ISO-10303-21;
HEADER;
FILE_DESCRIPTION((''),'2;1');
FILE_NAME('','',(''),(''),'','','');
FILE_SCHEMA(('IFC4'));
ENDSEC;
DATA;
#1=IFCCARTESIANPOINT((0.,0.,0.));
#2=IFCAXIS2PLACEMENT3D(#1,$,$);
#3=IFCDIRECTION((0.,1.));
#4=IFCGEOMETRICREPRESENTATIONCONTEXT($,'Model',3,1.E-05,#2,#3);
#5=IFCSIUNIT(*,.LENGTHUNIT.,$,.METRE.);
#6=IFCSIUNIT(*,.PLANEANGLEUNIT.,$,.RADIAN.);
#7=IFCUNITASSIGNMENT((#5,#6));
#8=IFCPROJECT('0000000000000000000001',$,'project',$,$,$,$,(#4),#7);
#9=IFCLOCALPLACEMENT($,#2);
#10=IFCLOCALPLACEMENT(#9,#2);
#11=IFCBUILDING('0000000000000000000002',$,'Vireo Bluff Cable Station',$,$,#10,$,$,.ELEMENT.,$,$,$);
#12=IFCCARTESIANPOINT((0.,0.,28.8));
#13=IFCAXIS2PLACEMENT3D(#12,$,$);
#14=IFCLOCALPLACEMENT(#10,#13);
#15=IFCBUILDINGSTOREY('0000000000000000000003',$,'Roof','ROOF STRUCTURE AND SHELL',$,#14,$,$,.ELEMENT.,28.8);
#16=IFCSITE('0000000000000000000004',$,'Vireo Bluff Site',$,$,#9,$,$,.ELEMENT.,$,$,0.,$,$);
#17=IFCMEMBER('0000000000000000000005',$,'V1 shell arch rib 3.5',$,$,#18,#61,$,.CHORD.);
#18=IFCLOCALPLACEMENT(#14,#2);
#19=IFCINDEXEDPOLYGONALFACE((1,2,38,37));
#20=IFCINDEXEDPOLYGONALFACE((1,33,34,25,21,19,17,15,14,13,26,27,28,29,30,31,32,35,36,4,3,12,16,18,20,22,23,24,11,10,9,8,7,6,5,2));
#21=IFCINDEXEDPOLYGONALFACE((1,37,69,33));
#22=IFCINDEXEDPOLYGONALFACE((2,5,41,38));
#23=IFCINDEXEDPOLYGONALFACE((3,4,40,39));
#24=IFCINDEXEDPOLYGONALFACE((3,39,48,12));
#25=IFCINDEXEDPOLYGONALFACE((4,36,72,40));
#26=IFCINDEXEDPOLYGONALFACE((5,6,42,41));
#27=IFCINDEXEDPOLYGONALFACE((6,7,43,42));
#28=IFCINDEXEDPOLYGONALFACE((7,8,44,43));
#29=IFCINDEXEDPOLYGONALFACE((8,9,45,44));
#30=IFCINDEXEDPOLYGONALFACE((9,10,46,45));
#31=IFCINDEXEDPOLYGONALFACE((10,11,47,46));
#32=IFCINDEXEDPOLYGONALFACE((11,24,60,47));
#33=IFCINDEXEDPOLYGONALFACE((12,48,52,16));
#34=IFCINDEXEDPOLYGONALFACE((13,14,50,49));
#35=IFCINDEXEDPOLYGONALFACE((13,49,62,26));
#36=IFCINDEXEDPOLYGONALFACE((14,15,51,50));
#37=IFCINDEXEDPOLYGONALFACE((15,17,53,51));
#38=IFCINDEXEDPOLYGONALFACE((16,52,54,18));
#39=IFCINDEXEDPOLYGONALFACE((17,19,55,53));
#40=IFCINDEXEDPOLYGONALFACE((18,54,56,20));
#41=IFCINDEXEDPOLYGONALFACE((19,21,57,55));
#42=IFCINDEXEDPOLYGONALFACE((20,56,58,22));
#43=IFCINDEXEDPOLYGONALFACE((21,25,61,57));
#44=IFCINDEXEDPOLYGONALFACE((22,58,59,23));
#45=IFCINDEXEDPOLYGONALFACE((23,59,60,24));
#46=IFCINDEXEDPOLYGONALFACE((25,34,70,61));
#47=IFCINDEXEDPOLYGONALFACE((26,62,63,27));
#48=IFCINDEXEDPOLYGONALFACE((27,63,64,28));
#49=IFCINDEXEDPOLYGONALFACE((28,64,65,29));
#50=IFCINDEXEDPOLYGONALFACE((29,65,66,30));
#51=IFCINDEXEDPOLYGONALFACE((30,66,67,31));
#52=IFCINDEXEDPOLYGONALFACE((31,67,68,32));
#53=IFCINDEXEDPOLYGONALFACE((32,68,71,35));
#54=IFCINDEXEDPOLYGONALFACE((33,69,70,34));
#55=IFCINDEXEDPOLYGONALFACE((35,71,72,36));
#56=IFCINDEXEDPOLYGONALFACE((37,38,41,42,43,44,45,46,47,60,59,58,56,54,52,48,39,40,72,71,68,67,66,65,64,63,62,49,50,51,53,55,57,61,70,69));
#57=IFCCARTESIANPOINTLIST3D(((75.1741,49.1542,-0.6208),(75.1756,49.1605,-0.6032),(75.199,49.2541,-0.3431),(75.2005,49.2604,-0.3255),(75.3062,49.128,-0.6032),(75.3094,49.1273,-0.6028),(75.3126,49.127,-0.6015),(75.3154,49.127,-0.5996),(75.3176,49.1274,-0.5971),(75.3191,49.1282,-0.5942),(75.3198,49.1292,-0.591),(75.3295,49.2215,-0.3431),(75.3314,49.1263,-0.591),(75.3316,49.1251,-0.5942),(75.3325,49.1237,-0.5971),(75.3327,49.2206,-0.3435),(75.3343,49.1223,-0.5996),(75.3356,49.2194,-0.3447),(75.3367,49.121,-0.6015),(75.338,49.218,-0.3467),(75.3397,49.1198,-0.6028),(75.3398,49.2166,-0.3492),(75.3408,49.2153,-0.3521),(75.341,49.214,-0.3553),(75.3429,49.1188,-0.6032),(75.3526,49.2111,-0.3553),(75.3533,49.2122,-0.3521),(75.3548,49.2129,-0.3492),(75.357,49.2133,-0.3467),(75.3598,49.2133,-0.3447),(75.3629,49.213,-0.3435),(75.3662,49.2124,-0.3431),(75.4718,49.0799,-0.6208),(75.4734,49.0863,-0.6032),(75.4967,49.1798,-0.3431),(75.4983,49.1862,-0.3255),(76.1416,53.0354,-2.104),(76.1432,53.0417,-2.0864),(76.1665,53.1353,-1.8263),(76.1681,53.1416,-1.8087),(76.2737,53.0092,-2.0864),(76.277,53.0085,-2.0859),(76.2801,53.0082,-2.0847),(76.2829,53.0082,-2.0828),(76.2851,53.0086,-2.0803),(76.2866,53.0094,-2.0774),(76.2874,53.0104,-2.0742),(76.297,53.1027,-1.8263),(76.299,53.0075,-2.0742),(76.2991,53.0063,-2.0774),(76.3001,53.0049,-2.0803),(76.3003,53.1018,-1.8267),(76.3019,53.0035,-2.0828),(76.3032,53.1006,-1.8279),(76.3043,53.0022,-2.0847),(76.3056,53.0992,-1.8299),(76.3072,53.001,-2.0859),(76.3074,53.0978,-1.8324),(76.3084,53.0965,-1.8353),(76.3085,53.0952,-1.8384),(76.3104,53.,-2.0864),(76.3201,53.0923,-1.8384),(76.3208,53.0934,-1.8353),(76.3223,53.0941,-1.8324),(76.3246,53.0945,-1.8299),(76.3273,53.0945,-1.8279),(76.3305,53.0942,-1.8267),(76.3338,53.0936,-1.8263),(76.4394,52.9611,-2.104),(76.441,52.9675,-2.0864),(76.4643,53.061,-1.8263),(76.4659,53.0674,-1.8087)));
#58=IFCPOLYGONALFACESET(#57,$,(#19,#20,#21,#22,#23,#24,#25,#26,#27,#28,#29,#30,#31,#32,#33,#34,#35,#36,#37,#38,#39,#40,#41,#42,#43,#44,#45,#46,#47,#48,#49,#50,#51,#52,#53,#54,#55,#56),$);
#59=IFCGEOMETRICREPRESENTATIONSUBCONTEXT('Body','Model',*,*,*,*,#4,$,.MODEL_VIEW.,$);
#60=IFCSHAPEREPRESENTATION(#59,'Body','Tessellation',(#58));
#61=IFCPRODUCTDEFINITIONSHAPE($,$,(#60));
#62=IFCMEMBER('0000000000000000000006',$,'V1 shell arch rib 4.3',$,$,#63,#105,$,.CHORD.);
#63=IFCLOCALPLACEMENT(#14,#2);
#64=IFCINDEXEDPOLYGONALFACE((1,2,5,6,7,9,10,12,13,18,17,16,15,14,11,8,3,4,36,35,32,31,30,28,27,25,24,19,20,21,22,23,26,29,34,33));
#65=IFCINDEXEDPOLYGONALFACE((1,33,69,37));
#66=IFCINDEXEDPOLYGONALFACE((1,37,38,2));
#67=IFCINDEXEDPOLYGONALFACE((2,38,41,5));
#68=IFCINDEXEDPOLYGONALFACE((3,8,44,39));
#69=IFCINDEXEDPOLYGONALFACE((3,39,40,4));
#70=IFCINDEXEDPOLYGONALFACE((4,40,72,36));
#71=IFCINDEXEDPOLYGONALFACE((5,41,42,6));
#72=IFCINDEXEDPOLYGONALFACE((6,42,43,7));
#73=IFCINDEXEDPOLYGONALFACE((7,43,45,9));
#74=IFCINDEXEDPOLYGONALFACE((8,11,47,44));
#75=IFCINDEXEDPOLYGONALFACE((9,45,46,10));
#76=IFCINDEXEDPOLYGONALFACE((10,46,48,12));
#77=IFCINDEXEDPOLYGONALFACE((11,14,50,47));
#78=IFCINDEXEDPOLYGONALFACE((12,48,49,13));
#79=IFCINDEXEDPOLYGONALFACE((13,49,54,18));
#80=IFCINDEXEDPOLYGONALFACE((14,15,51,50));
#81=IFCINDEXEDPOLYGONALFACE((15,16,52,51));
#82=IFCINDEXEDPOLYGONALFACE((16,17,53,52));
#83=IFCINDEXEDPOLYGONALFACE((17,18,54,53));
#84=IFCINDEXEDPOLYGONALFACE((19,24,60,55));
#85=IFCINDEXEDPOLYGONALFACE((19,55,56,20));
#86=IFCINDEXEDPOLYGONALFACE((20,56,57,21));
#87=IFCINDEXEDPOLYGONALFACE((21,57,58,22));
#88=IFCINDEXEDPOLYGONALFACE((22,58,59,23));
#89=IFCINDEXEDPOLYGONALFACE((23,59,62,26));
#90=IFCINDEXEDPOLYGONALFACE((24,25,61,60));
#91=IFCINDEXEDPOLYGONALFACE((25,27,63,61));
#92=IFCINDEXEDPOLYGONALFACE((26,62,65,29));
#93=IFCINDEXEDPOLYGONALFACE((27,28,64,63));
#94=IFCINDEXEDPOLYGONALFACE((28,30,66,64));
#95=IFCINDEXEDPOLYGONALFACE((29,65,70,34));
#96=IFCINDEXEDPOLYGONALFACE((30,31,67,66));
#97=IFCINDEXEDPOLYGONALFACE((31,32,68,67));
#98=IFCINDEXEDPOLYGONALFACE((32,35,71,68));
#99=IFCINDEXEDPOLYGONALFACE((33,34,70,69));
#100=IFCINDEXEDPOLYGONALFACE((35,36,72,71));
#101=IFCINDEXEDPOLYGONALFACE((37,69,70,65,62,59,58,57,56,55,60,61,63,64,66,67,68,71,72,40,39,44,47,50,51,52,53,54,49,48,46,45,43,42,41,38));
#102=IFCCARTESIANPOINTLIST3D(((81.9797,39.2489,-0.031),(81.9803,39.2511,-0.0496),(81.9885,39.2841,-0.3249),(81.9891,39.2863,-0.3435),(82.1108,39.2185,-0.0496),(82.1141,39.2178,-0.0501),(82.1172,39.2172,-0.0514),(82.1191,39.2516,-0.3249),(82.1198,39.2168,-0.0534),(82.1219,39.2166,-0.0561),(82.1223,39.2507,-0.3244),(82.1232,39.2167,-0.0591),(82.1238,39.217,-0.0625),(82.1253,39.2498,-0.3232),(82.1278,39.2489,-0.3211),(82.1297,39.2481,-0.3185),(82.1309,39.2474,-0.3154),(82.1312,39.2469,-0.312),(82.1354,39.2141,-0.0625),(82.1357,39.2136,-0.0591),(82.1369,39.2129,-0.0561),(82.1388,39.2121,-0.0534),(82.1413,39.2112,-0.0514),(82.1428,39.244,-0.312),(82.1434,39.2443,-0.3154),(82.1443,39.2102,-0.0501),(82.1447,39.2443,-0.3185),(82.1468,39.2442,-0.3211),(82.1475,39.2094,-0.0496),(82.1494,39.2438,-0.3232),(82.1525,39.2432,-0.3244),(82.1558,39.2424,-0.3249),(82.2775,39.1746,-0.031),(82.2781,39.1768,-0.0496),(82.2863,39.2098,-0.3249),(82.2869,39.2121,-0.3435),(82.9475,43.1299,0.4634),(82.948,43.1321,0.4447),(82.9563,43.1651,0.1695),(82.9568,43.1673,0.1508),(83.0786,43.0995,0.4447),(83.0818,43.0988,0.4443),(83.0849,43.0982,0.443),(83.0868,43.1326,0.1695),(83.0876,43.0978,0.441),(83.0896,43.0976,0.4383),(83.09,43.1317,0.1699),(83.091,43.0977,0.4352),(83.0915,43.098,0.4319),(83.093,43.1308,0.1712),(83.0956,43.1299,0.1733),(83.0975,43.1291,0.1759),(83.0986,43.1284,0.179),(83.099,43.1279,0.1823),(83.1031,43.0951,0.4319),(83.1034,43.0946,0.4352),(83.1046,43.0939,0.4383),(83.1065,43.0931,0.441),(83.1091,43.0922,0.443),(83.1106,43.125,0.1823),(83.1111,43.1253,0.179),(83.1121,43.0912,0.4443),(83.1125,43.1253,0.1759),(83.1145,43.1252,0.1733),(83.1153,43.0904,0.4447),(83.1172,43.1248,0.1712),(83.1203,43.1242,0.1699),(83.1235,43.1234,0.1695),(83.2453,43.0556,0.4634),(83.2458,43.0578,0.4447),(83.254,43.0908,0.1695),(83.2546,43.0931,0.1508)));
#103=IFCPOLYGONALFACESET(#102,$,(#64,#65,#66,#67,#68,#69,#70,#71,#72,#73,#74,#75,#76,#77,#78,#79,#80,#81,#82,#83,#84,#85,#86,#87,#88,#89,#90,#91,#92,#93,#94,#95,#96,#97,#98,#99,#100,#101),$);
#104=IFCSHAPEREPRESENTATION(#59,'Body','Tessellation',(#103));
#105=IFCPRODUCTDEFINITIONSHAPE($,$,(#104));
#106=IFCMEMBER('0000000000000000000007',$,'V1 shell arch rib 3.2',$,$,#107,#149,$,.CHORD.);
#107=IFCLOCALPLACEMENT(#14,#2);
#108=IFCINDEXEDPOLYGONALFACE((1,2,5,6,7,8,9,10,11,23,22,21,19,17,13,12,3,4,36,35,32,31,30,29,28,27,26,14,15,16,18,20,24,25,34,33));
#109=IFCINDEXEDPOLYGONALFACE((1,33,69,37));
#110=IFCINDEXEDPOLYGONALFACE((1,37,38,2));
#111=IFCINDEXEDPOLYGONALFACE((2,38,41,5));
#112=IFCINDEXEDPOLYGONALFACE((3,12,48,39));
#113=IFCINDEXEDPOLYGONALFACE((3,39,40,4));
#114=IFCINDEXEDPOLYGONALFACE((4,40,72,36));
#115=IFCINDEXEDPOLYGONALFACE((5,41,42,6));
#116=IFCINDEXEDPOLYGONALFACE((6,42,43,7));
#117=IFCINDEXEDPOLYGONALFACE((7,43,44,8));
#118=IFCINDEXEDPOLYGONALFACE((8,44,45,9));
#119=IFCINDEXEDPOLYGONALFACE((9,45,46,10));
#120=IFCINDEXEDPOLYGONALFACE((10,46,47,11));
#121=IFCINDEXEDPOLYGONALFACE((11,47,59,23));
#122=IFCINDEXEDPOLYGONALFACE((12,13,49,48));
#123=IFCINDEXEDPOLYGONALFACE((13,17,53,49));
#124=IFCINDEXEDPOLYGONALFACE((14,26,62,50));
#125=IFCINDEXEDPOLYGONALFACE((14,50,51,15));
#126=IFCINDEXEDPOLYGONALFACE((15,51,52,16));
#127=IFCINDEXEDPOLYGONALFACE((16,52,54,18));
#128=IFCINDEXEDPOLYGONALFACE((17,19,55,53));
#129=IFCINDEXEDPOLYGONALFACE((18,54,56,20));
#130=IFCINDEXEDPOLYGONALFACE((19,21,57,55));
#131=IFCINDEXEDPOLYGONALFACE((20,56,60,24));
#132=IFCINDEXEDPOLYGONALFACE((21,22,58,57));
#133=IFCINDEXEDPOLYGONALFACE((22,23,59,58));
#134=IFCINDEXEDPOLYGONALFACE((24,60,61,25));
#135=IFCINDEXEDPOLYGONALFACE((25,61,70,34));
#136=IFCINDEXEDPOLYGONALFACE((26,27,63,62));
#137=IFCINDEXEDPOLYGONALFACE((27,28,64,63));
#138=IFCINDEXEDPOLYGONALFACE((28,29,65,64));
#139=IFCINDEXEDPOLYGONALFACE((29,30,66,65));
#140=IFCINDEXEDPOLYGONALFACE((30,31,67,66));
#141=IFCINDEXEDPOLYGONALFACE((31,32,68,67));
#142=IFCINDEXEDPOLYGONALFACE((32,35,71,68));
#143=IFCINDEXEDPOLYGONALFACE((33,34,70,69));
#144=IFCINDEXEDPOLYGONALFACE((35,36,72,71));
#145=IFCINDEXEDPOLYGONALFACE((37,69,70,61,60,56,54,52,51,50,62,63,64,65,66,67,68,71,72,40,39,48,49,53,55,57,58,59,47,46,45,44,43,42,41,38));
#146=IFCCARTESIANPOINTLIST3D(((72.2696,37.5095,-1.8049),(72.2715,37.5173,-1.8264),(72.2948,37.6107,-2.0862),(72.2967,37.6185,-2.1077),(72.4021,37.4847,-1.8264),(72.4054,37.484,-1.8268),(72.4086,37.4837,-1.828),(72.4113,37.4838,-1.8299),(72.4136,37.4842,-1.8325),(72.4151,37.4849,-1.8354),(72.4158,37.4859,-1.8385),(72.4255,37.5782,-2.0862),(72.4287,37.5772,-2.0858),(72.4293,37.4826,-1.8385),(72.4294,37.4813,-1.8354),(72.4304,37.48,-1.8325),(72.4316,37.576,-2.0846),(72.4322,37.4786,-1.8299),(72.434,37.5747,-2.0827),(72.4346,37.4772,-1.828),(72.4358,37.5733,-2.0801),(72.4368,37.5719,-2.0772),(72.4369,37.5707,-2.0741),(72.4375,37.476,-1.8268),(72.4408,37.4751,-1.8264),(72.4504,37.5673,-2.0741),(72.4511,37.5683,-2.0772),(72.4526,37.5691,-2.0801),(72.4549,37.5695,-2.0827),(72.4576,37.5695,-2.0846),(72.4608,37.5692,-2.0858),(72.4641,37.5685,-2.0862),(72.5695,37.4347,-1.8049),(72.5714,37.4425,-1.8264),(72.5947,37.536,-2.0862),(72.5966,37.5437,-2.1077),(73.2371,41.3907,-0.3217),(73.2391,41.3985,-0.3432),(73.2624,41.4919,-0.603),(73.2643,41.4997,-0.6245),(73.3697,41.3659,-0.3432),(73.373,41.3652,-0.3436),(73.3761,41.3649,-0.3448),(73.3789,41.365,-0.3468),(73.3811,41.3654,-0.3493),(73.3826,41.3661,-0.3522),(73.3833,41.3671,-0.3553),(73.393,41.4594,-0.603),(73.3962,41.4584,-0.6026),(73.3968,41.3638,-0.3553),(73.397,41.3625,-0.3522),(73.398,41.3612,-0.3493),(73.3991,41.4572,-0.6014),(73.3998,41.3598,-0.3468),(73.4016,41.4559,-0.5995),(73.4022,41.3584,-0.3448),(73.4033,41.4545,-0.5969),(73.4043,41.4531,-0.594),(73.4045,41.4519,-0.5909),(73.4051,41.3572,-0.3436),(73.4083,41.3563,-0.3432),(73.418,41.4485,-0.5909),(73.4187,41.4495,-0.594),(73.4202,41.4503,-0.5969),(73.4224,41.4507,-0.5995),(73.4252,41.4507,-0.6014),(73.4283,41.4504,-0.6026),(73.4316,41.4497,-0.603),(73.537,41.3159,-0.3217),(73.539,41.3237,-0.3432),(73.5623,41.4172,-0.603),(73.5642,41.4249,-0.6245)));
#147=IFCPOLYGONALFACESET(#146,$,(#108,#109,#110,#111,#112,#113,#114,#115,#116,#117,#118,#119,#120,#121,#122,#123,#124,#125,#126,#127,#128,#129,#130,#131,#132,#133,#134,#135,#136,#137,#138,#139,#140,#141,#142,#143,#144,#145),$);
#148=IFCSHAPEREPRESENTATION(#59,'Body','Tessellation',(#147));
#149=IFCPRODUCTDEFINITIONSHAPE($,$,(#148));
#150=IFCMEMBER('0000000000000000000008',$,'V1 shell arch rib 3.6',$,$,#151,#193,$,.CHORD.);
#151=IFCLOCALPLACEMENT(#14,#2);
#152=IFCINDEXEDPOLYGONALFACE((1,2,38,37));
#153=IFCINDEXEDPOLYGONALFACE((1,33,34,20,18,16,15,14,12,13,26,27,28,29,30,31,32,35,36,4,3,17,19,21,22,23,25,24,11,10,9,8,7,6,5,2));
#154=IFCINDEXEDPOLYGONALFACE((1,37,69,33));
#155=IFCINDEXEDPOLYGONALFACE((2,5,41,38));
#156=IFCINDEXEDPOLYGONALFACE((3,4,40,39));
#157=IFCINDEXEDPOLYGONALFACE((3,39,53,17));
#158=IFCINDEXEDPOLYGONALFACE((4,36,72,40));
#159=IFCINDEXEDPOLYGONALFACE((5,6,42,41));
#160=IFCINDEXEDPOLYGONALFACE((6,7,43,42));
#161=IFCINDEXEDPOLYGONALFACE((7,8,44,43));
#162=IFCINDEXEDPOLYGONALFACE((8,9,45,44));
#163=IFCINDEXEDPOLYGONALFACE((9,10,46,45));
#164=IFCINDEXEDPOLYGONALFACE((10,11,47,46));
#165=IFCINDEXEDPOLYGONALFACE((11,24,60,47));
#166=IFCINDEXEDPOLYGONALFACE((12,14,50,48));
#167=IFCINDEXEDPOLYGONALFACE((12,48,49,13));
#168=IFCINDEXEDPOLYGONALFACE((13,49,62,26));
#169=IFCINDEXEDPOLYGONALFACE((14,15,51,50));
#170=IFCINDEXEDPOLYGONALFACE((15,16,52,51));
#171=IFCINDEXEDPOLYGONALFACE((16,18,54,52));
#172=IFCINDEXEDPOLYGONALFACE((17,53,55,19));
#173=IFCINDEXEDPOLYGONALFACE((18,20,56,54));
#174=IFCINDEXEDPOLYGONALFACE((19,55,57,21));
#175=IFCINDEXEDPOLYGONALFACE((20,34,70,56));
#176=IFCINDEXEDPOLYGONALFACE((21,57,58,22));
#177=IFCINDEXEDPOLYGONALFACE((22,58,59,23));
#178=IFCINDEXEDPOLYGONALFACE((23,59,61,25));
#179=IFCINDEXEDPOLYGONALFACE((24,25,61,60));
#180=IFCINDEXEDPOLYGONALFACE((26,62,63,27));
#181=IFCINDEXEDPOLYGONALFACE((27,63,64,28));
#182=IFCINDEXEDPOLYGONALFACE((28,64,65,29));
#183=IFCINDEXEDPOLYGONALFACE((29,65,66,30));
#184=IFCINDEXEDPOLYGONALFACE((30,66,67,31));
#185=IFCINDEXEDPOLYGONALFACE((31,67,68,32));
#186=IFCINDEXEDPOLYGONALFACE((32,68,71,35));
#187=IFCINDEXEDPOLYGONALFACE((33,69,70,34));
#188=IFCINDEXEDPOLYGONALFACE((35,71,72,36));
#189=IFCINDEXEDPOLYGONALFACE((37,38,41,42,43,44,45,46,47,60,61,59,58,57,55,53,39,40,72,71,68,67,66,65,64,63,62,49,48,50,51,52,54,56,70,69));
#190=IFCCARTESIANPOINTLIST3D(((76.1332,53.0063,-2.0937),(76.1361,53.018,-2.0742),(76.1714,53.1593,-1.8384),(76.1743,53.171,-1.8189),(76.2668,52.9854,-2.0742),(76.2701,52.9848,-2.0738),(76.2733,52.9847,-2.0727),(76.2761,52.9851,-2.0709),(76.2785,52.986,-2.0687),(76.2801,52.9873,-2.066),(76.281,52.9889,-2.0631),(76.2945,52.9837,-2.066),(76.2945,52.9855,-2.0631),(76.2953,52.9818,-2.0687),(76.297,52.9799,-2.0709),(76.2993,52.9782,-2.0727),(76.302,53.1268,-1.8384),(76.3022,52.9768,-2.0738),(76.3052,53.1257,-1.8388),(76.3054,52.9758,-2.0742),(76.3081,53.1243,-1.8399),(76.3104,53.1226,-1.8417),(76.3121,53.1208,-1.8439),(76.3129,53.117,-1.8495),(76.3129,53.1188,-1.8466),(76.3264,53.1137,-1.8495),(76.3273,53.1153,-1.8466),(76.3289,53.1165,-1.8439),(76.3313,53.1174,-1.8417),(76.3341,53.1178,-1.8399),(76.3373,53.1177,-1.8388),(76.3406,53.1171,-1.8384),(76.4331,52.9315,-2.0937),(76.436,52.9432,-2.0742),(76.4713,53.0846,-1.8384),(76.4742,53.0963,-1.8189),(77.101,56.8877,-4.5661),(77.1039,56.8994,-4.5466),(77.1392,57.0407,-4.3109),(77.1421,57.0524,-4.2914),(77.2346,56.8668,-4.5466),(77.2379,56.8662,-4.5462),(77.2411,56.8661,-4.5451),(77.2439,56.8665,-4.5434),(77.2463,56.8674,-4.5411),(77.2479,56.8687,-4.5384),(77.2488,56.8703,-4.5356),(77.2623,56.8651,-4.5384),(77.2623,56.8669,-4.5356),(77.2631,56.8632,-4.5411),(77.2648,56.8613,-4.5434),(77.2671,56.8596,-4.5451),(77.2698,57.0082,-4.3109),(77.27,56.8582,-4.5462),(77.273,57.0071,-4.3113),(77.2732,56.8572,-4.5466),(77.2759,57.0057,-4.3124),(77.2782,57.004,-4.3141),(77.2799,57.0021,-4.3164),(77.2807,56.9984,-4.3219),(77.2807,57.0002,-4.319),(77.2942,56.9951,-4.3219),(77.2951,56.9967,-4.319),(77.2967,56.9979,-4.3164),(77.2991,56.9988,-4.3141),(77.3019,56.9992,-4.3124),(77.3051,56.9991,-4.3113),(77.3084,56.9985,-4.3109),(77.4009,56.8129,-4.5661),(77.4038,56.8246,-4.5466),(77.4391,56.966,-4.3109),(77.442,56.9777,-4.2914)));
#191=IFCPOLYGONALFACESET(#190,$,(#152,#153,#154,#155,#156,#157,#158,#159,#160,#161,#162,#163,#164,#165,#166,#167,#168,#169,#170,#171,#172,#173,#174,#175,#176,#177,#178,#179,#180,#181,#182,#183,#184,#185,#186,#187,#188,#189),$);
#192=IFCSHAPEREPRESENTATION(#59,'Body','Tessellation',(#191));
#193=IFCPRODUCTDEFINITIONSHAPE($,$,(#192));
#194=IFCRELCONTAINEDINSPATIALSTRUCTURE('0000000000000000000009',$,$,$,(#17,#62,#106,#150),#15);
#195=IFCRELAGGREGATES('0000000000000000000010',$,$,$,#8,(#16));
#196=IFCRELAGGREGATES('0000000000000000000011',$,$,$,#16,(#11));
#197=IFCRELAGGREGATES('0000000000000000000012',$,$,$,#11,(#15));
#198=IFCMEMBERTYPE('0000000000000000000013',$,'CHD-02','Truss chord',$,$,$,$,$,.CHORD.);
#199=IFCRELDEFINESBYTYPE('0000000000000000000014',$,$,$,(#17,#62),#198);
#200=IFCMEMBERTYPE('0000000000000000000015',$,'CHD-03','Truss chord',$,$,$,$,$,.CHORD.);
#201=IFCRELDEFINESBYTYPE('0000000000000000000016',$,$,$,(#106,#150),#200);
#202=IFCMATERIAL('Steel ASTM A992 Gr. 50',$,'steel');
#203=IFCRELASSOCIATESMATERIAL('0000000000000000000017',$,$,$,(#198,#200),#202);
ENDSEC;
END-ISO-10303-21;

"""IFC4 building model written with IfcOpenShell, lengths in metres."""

from ifc_helpers import new_model, si_unit, direction, frame, origin, origin_2d, place, context, subcontext, project, spatial, i_section, extrude, material, material_profile, profile_set, type_object, element, save


model = new_model("IFC4")

# Units and contexts
model_context = context("Model", 3, precision=1e-05, world=origin(), true_north=direction((0.0, 1.0)))
body_context = subcontext(model_context, "Body", "Model", "MODEL_VIEW")
ifc_project = project(units=[si_unit("LENGTHUNIT", "METRE"), si_unit("PLANEANGLEUNIT", "RADIAN")], contexts=[model_context])

# Site, building, storey
site_placement = place(None, origin())
site = spatial("IfcSite", under=ifc_project, at=site_placement, Name="Vireo Bluff Site", CompositionType="ELEMENT", RefElevation=0.0)
building_placement = place(site_placement, origin())
building = spatial("IfcBuilding", under=site, at=building_placement, Name="Vireo Bluff Cable Station", CompositionType="ELEMENT")
storey_placement = place(building_placement, frame((0.0, 0.0, 28.8)))
storey = spatial("IfcBuildingStorey", under=building, at=storey_placement, Name="Roof", Description="ROOF STRUCTURE AND SHELL", CompositionType="ELEMENT", Elevation=28.8)

# Members
ifc_material_1 = material(Name="Steel ASTM A992 Gr. 50", Category="steel")
ifc_material_profile_1 = material_profile(ifc_material_1, i_section(OverallWidth=0.3069, OverallDepth=0.3149, WebThickness=0.012, FlangeThickness=0.0188, FilletRadius=0.0129, at=origin_2d()), Name="W12X79")
ifc_profile_set_1 = profile_set([ifc_material_profile_1], Name="Steel ASTM A992 Gr. 50")
member_type_1 = type_object("IfcMemberType", Name="CHD-02", Description="Truss chord", PredefinedType="CHORD", material=ifc_profile_set_1)
member_1_placement = place(storey_placement, frame((75.3362, 49.1702, -0.4731), z_axis=(0.2268, 0.909774, -0.347668), x_axis=(-0.970304, 0.241889, 0.0)))
element("IfcMember", 1, at=member_1_placement, inside=storey, type_object=member_type_1, Name="V1 shell arch rib 3.5", PredefinedType="CHORD", context=body_context, shape_type="SweptSolid", body=[
    extrude(i_section(OverallWidth=0.3069, OverallDepth=0.3149, WebThickness=0.012, FlangeThickness=0.0188, FilletRadius=0.0129, at=origin_2d()), origin(), (0.0, 0.0, 1.0), 4.2661),
])
member_2_placement = place(storey_placement, frame((82.1333, 39.2305, -0.1873), z_axis=(0.24012, 0.962962, 0.122665), x_axis=(-0.97029, 0.241947, 0.0)))
element("IfcMember", 2, at=member_2_placement, inside=storey, type_object=member_type_1, Name="V1 shell arch rib 4.3", PredefinedType="CHORD", context=body_context, shape_type="SweptSolid", body=[
    extrude(i_section(OverallWidth=0.3069, OverallDepth=0.3149, WebThickness=0.012, FlangeThickness=0.0188, FilletRadius=0.0129, at=origin_2d()), origin(), (0.0, 0.0, 1.0), 4.0303),
])
ifc_material_profile_2 = material_profile(ifc_material_1, i_section(OverallWidth=0.3091, OverallDepth=0.323, WebThickness=0.0139, FlangeThickness=0.0229, FilletRadius=0.0129, at=origin_2d()), Name="W12X96")
ifc_profile_set_2 = profile_set([ifc_material_profile_2], Name="Steel ASTM A992 Gr. 50")
member_type_2 = type_object("IfcMemberType", Name="CHD-03", Description="Truss chord", PredefinedType="CHORD", material=ifc_profile_set_2)
member_3_placement = place(storey_placement, frame((72.4331, 37.5266, -1.9563), z_axis=(0.2268, 0.909774, 0.347668), x_axis=(-0.970304, 0.241889, 0.0)))
element("IfcMember", 3, at=member_3_placement, inside=storey, type_object=member_type_2, Name="V1 shell arch rib 3.2", PredefinedType="CHORD", context=body_context, shape_type="SweptSolid", body=[
    extrude(i_section(OverallWidth=0.3091, OverallDepth=0.323, WebThickness=0.0139, FlangeThickness=0.0229, FilletRadius=0.0129, at=origin_2d()), origin(), (0.0, 0.0, 1.0), 4.2661),
])
member_4_placement = place(storey_placement, frame((76.3037, 53.0513, -1.9563), z_axis=(0.205796, 0.825365, -0.525756), x_axis=(-0.970293, 0.241932, 0.0)))
element("IfcMember", 4, at=member_4_placement, inside=storey, type_object=member_type_2, Name="V1 shell arch rib 3.6", PredefinedType="CHORD", context=body_context, shape_type="SweptSolid", body=[
    extrude(i_section(OverallWidth=0.3091, OverallDepth=0.323, WebThickness=0.0139, FlangeThickness=0.0229, FilletRadius=0.0129, at=origin_2d()), origin(), (0.0, 0.0, 1.0), 4.7026),
])

save(model, "model.ifc")
